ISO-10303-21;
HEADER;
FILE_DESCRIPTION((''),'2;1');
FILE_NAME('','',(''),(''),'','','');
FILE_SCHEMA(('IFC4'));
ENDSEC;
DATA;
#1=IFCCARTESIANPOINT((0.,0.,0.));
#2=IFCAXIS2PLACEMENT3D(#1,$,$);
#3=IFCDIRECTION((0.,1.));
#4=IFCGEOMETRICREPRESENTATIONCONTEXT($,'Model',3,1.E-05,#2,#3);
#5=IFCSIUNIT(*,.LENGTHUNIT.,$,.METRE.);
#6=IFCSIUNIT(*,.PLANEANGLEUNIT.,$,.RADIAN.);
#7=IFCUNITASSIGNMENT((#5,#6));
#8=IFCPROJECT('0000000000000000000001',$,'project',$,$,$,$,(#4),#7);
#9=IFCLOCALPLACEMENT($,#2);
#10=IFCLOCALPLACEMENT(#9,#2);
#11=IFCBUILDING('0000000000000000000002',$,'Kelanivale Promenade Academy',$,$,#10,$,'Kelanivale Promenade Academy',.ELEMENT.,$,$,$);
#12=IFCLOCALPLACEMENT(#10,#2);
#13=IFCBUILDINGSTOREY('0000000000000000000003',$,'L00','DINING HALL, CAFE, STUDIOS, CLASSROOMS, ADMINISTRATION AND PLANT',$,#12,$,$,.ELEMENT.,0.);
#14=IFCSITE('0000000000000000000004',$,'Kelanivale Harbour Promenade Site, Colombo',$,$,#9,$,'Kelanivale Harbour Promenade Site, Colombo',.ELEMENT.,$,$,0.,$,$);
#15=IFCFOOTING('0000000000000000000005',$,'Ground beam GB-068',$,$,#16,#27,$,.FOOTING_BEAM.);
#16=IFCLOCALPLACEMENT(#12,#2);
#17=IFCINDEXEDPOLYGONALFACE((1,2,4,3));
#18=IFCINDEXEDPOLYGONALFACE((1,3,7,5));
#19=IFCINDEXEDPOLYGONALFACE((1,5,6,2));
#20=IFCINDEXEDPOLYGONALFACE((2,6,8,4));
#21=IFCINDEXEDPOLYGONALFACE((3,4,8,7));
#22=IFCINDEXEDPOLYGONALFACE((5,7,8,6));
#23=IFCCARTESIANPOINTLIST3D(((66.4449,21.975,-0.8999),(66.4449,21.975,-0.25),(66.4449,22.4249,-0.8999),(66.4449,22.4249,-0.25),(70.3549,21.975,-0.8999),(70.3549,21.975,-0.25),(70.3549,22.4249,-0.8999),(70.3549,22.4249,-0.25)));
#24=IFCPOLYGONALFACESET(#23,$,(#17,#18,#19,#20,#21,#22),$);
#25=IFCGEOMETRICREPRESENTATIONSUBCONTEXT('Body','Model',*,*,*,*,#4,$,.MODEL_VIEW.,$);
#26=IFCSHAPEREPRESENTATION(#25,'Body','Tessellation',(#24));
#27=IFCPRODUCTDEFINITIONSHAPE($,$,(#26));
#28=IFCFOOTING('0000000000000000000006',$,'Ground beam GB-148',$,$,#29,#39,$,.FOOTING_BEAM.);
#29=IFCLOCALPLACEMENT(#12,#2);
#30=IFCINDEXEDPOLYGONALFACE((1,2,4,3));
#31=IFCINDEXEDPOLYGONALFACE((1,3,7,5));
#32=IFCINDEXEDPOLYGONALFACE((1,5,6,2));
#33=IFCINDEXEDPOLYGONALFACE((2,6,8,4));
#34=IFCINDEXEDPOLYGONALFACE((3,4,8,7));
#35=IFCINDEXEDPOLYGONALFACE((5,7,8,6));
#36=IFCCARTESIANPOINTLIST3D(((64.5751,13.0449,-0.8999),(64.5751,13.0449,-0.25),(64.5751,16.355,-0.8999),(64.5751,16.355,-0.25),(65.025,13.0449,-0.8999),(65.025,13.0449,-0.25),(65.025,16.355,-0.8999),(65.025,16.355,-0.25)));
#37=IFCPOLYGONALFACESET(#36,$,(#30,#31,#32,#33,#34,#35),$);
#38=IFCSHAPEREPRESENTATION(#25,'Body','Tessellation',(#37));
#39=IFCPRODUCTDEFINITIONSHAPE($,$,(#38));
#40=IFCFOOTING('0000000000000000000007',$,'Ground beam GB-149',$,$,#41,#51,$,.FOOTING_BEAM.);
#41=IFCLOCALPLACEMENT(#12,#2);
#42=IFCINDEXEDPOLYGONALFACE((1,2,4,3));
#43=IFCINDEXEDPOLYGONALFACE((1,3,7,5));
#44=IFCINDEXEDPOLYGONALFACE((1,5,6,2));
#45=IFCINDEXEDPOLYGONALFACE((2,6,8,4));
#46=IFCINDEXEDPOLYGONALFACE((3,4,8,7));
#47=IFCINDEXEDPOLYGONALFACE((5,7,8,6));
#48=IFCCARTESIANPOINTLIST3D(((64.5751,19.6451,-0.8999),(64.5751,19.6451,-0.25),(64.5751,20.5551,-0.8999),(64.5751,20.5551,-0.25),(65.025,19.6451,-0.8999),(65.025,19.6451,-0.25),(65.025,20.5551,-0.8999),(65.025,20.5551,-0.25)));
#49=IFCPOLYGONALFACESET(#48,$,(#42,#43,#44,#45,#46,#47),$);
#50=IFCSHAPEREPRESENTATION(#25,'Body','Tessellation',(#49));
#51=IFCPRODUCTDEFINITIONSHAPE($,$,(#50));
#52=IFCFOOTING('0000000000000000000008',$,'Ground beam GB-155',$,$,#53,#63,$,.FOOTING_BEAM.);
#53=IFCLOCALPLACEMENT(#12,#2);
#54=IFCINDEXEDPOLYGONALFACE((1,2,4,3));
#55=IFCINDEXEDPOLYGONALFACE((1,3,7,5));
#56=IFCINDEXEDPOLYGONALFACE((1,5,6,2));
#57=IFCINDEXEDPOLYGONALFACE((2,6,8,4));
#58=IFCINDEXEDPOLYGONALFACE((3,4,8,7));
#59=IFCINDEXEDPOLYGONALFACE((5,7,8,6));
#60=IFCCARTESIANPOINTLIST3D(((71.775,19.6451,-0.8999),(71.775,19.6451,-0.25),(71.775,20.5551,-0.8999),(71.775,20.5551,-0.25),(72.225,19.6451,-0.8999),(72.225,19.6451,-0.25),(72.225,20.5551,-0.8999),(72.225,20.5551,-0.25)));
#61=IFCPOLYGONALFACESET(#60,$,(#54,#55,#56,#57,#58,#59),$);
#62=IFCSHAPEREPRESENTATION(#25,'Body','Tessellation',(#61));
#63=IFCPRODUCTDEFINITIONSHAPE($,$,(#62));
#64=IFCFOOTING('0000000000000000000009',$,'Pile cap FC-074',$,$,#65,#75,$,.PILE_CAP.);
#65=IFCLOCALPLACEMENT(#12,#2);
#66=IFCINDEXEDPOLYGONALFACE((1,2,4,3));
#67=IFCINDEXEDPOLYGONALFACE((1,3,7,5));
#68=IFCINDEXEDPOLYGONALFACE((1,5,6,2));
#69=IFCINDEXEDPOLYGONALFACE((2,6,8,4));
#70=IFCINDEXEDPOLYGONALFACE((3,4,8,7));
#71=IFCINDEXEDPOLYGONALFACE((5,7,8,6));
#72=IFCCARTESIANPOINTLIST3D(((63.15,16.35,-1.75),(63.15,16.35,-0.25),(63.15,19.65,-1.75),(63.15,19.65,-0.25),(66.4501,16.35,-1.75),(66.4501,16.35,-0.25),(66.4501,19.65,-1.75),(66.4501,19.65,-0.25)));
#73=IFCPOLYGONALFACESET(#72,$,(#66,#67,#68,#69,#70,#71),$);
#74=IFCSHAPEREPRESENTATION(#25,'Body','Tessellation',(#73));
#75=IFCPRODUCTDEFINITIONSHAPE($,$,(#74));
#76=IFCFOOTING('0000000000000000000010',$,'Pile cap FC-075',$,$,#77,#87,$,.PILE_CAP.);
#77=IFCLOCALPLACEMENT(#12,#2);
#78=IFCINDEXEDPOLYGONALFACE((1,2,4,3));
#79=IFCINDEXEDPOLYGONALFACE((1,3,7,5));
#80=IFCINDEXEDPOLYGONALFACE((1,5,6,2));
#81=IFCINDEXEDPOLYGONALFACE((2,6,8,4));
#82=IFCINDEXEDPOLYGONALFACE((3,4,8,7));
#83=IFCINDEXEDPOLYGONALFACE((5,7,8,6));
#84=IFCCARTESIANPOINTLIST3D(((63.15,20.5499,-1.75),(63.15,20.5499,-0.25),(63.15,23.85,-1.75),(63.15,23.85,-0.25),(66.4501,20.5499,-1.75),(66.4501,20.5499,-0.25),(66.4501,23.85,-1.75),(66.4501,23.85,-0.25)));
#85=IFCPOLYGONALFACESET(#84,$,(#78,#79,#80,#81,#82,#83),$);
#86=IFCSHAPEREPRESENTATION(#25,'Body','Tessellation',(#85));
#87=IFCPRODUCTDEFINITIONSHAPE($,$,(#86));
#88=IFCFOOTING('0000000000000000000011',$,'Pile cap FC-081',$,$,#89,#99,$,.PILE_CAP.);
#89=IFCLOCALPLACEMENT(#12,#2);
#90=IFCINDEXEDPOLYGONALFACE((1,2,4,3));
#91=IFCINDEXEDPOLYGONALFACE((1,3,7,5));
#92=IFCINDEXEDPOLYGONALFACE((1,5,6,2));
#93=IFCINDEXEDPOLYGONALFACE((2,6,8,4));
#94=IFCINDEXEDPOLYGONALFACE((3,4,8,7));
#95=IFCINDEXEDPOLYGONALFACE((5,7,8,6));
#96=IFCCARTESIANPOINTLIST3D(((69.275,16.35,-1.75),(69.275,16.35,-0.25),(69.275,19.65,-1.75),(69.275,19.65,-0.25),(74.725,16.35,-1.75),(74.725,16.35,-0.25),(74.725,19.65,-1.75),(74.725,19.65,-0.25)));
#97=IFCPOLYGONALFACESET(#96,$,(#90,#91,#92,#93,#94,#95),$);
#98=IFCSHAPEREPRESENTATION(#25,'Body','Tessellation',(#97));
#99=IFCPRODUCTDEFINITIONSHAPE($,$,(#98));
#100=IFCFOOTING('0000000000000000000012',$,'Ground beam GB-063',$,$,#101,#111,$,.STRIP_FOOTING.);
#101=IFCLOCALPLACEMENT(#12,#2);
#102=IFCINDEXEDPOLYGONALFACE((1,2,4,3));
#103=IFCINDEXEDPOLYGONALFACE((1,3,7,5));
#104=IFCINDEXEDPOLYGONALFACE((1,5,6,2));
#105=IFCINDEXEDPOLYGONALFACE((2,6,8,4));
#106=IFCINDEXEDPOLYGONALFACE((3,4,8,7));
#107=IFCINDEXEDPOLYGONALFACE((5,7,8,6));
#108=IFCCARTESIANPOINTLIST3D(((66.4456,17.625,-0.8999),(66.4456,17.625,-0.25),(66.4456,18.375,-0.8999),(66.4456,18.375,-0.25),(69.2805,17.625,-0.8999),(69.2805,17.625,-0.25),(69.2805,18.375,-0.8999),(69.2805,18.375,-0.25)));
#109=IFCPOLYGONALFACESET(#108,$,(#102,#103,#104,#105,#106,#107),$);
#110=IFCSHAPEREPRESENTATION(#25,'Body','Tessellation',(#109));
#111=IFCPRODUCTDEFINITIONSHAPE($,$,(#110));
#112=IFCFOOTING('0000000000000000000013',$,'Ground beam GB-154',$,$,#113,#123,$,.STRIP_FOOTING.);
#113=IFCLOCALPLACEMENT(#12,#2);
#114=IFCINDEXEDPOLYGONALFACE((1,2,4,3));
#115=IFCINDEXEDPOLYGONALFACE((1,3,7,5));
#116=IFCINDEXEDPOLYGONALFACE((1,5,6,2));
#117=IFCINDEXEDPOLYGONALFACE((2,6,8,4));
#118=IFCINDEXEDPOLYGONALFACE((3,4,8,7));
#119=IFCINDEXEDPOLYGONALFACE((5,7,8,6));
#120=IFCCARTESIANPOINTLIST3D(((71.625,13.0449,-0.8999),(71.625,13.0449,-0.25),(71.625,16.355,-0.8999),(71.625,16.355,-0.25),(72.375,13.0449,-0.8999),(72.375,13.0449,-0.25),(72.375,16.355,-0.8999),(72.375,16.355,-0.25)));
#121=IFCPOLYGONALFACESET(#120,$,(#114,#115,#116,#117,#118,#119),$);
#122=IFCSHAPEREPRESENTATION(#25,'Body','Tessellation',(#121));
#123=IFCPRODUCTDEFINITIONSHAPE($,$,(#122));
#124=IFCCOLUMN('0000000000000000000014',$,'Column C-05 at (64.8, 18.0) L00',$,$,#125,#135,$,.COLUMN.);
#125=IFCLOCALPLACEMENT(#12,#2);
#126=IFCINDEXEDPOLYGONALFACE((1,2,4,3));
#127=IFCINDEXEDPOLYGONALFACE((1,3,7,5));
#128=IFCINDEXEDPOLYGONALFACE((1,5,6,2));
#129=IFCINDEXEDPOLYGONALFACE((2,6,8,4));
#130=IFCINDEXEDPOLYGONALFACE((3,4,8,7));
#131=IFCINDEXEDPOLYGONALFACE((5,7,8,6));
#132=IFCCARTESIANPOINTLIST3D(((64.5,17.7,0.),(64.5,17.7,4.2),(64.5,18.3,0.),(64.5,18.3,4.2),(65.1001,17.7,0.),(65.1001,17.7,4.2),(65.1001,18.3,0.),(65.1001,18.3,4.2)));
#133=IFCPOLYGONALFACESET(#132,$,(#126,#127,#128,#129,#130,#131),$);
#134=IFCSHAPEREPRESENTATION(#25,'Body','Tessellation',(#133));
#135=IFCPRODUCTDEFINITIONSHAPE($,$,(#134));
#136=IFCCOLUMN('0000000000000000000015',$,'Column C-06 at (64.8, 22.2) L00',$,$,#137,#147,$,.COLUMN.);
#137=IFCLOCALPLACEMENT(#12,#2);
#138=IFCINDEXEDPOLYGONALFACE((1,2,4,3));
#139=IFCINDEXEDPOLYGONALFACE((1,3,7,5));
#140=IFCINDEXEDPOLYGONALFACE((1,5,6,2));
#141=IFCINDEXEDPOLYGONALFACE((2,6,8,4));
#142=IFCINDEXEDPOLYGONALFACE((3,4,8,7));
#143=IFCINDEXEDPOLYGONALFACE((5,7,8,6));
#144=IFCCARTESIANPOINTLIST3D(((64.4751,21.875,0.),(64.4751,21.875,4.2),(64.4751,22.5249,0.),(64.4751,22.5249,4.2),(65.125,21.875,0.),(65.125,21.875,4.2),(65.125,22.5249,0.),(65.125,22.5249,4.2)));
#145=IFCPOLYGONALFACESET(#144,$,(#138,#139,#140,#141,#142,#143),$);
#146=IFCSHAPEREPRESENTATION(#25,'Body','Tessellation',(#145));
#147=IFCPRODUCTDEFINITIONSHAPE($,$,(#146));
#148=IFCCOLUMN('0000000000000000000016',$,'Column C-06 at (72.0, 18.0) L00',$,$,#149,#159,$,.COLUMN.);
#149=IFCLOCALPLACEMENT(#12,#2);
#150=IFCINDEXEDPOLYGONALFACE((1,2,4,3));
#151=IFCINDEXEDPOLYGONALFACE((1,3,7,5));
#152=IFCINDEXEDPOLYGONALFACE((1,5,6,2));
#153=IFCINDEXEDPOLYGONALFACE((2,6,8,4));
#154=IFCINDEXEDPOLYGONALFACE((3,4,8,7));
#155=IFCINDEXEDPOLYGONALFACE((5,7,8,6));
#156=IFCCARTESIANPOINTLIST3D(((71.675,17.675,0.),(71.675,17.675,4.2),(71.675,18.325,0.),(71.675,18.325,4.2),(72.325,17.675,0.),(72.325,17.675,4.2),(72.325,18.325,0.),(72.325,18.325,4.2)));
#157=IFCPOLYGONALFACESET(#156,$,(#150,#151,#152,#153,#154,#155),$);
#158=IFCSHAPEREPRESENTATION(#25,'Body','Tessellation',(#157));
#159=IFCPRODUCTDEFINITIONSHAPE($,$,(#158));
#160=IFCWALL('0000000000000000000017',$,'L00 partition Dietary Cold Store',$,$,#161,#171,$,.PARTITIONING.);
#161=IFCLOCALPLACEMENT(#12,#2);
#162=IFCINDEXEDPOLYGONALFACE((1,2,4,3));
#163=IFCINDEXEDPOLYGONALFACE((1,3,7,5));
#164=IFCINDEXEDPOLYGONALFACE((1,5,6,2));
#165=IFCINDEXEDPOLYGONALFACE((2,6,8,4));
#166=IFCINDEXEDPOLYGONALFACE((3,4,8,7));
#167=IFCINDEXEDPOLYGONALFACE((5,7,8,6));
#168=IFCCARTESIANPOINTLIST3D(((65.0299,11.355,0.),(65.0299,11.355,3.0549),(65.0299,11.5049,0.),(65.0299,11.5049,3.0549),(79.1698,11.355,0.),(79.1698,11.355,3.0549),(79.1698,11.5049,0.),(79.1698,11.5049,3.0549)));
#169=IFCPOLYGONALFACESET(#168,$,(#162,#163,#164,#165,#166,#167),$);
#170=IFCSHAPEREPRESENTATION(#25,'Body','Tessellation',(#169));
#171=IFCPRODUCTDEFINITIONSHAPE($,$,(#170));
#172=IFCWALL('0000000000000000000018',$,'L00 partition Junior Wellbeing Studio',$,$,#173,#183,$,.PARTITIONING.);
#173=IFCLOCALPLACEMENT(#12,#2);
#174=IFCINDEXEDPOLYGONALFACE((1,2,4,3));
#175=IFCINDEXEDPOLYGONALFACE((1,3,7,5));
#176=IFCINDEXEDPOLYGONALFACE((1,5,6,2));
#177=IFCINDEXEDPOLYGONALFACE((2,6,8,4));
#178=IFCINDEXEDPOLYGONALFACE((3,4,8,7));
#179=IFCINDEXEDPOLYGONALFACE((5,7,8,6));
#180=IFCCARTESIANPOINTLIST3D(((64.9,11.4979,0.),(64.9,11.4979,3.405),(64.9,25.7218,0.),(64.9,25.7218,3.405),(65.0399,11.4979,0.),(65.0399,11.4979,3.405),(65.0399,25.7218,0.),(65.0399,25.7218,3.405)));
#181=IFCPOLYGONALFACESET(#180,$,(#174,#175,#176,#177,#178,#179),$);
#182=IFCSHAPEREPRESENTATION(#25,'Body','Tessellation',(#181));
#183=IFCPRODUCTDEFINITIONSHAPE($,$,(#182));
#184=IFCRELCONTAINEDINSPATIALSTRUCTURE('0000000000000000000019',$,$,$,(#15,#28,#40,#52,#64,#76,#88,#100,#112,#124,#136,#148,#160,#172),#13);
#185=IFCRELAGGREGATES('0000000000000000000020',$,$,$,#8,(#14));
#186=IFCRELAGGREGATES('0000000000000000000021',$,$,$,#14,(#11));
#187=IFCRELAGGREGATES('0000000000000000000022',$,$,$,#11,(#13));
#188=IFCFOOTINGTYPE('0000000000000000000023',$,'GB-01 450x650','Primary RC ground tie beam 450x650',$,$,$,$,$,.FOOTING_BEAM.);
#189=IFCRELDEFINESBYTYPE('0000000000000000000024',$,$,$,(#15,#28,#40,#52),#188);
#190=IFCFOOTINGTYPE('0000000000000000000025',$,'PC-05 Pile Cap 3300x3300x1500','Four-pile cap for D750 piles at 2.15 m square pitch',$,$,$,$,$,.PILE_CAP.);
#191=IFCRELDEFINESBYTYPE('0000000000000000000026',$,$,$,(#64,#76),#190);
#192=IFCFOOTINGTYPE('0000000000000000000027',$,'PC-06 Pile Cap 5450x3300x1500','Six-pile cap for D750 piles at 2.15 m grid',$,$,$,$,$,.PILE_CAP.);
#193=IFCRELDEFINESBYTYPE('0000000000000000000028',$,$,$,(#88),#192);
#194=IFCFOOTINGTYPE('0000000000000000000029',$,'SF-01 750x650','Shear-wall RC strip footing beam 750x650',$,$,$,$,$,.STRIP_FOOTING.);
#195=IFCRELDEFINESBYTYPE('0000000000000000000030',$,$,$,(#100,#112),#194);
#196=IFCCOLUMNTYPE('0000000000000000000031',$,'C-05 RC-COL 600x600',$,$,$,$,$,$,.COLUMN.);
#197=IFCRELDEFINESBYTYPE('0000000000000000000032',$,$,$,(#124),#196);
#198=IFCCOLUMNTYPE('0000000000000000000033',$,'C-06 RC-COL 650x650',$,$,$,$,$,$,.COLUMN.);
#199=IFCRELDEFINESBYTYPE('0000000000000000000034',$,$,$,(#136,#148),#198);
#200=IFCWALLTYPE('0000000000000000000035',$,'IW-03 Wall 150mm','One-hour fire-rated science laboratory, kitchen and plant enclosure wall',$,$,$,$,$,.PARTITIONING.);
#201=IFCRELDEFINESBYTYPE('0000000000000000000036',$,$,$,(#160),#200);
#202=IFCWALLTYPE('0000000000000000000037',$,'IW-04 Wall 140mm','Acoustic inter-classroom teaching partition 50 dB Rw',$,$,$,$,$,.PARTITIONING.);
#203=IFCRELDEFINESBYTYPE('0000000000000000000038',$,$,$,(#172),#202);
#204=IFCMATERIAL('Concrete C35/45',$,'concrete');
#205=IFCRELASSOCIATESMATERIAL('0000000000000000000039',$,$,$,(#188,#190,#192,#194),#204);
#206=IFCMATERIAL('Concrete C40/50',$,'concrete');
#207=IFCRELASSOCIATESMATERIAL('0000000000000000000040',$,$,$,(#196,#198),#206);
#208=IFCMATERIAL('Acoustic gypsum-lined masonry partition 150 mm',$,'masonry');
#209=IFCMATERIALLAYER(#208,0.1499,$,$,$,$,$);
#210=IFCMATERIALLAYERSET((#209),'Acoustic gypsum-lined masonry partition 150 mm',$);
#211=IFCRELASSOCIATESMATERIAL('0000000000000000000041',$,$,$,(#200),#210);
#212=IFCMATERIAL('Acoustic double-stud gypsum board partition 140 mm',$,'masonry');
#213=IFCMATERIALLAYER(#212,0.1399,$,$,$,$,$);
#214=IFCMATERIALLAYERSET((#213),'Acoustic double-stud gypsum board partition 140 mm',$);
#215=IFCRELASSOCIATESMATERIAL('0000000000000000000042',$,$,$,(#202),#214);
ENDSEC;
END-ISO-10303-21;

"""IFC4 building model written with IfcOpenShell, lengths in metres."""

from ifc_helpers import new_model, si_unit, direction, frame, frame_2d, origin, origin_2d, place, context, subcontext, project, spatial, rectangle, extrude, material, layer, layer_set, material_profile, profile_set, type_object, element, save


model = new_model("IFC4")

# Units and contexts
model_context = context("Model", 3, precision=1e-05, world=origin(), true_north=direction((0.0, 1.0)))
body_context = subcontext(model_context, "Body", "Model", "MODEL_VIEW")
ifc_project = project(units=[si_unit("LENGTHUNIT", "METRE"), si_unit("PLANEANGLEUNIT", "RADIAN")], contexts=[model_context])

# Site, building, storey
site_placement = place(None, origin())
site = spatial("IfcSite", under=ifc_project, at=site_placement, Name="Kelanivale Harbour Promenade Site, Colombo", LongName="Kelanivale Harbour Promenade Site, Colombo", CompositionType="ELEMENT", RefElevation=0.0)
building_placement = place(site_placement, origin())
building = spatial("IfcBuilding", under=site, at=building_placement, Name="Kelanivale Promenade Academy", LongName="Kelanivale Promenade Academy", CompositionType="ELEMENT")
storey_placement = place(building_placement, origin())
storey = spatial("IfcBuildingStorey", under=building, at=storey_placement, Name="L00", Description="DINING HALL, CAFE, STUDIOS, CLASSROOMS, ADMINISTRATION AND PLANT", CompositionType="ELEMENT", Elevation=0.0)

# Shared definitions
ifc_material_1 = material(Name="Concrete C35/45", Category="concrete")

# Footings
footing_type_1 = type_object("IfcFootingType", Name="GB-01 450x650", Description="Primary RC ground tie beam 450x650", PredefinedType="FOOTING_BEAM", material=ifc_material_1)
footing_1_placement = place(storey_placement, frame((68.3999, 22.2, -0.8999), z_axis=(0.0, 0.0, 1.0), x_axis=(1.0, 0.0, 0.0)))
element("IfcFooting", 1, at=footing_1_placement, inside=storey, type_object=footing_type_1, Name="Ground beam GB-068", PredefinedType="FOOTING_BEAM", context=body_context, shape_type="SweptSolid", body=[
    extrude(rectangle(XDim=3.9099, YDim=0.45, at=origin_2d()), origin(), (0.0, 0.0, 1.0), 0.6499),
])
footing_2_placement = place(storey_placement, frame((64.8, 14.7, -0.8999), z_axis=(0.0, 0.0, 1.0), x_axis=(0.0, 1.0, 0.0)))
element("IfcFooting", 2, at=footing_2_placement, inside=storey, type_object=footing_type_1, Name="Ground beam GB-148", PredefinedType="FOOTING_BEAM", context=body_context, shape_type="SweptSolid", body=[
    extrude(rectangle(XDim=3.3101, YDim=0.45, at=origin_2d()), origin(), (0.0, 0.0, 1.0), 0.6499),
])
for number, where, z_axis, x_axis, name in (
    (3, (64.8, 20.1001, -0.8999), (0.0, 0.0, 1.0), (0.0, 1.0, 0.0), "Ground beam GB-149"),
    (4, (72.0, 20.1001, -0.8999), (0.0, 0.0, 1.0), (0.0, 1.0, 0.0), "Ground beam GB-155"),
):
    element("IfcFooting", number, at=place(storey_placement, frame(where, z_axis=z_axis, x_axis=x_axis)), inside=storey, type_object=footing_type_1, Name=name, PredefinedType="FOOTING_BEAM", context=body_context, shape_type="SweptSolid", body=[
        extrude(rectangle(XDim=0.9099, YDim=0.45, at=origin_2d()), origin(), (0.0, 0.0, 1.0), 0.6499),
    ])
footing_type_2 = type_object("IfcFootingType", Name="PC-05 Pile Cap 3300x3300x1500", Description="Four-pile cap for D750 piles at 2.15 m square pitch", PredefinedType="PILE_CAP", material=ifc_material_1)
for number, where, z_axis, x_axis, name in (
    (5, (64.8, 18.0, -1.75), (0.0, 0.0, 1.0), (1.0, 0.0, 0.0), "Pile cap FC-074"),
    (6, (64.8, 22.2, -1.75), (0.0, 0.0, 1.0), (1.0, 0.0, 0.0), "Pile cap FC-075"),
):
    element("IfcFooting", number, at=place(storey_placement, frame(where, z_axis=z_axis, x_axis=x_axis)), inside=storey, type_object=footing_type_2, Name=name, PredefinedType="PILE_CAP", context=body_context, shape_type="SweptSolid", body=[
        extrude(rectangle(XDim=3.3, YDim=3.3, at=origin_2d()), origin(), (0.0, 0.0, 1.0), 1.5),
    ])
footing_type_3 = type_object("IfcFootingType", Name="PC-06 Pile Cap 5450x3300x1500", Description="Six-pile cap for D750 piles at 2.15 m grid", PredefinedType="PILE_CAP", material=ifc_material_1)
footing_3_placement = place(storey_placement, frame((72.0, 18.0, -1.75), z_axis=(0.0, 0.0, 1.0), x_axis=(1.0, 0.0, 0.0)))
element("IfcFooting", 7, at=footing_3_placement, inside=storey, type_object=footing_type_3, Name="Pile cap FC-081", PredefinedType="PILE_CAP", context=body_context, shape_type="SweptSolid", body=[
    extrude(rectangle(XDim=5.45, YDim=3.3, at=origin_2d()), origin(), (0.0, 0.0, 1.0), 1.5),
])
footing_type_4 = type_object("IfcFootingType", Name="SF-01 750x650", Description="Shear-wall RC strip footing beam 750x650", PredefinedType="STRIP_FOOTING", material=ifc_material_1)
footing_4_placement = place(storey_placement, frame((67.863, 18.0, -0.8999), z_axis=(0.0, 0.0, 1.0), x_axis=(1.0, 0.0, 0.0)))
element("IfcFooting", 8, at=footing_4_placement, inside=storey, type_object=footing_type_4, Name="Ground beam GB-063", PredefinedType="STRIP_FOOTING", context=body_context, shape_type="SweptSolid", body=[
    extrude(rectangle(XDim=2.835, YDim=0.75, at=origin_2d()), origin(), (0.0, 0.0, 1.0), 0.6499),
])
footing_5_placement = place(storey_placement, frame((72.0, 14.7, -0.8999), z_axis=(0.0, 0.0, 1.0), x_axis=(0.0, 1.0, 0.0)))
element("IfcFooting", 9, at=footing_5_placement, inside=storey, type_object=footing_type_4, Name="Ground beam GB-154", PredefinedType="STRIP_FOOTING", context=body_context, shape_type="SweptSolid", body=[
    extrude(rectangle(XDim=3.3101, YDim=0.75, at=origin_2d()), origin(), (0.0, 0.0, 1.0), 0.6499),
])

# Columns
ifc_material_2 = material(Name="Concrete C40/50", Category="concrete")
ifc_material_profile_1 = material_profile(ifc_material_2, rectangle(XDim=0.6001, YDim=0.6001, at=origin_2d()), Name="RC-COL 600x600")
ifc_profile_set_1 = profile_set([ifc_material_profile_1], Name="Concrete C40/50")
column_type_1 = type_object("IfcColumnType", Name="C-05 RC-COL 600x600", PredefinedType="COLUMN", material=ifc_profile_set_1)
column_placement = place(storey_placement, frame((64.8, 18.0, 0.0), z_axis=(0.0, 0.0, 1.0), x_axis=(1.0, 0.0, 0.0)))
element("IfcColumn", 10, at=column_placement, inside=storey, type_object=column_type_1, Name="Column C-05 at (64.8, 18.0) L00", PredefinedType="COLUMN", context=body_context, shape_type="SweptSolid", body=[
    extrude(rectangle(XDim=0.6001, YDim=0.6001, at=origin_2d()), origin(), (0.0, 0.0, 1.0), 4.2),
])
ifc_material_profile_2 = material_profile(ifc_material_2, rectangle(XDim=0.6499, YDim=0.6499, at=origin_2d()), Name="RC-COL 650x650")
ifc_profile_set_2 = profile_set([ifc_material_profile_2], Name="Concrete C40/50")
column_type_2 = type_object("IfcColumnType", Name="C-06 RC-COL 650x650", PredefinedType="COLUMN", material=ifc_profile_set_2)
for number, where, z_axis, x_axis, name in (
    (11, (64.8, 22.2, 0.0), (0.0, 0.0, 1.0), (1.0, 0.0, 0.0), "Column C-06 at (64.8, 22.2) L00"),
    (12, (72.0, 18.0, 0.0), (0.0, 0.0, 1.0), (1.0, 0.0, 0.0), "Column C-06 at (72.0, 18.0) L00"),
):
    element("IfcColumn", number, at=place(storey_placement, frame(where, z_axis=z_axis, x_axis=x_axis)), inside=storey, type_object=column_type_2, Name=name, PredefinedType="COLUMN", context=body_context, shape_type="SweptSolid", body=[
        extrude(rectangle(XDim=0.6499, YDim=0.6499, at=origin_2d()), origin(), (0.0, 0.0, 1.0), 4.2),
    ])

# Walls
ifc_material_3 = material(Name="Acoustic gypsum-lined masonry partition 150 mm", Category="masonry")
ifc_layer_1 = layer(ifc_material_3, 0.1499)
ifc_layer_set_1 = layer_set([ifc_layer_1], Name="Acoustic gypsum-lined masonry partition 150 mm")
wall_type_1 = type_object("IfcWallType", Name="IW-03 Wall 150mm", Description="One-hour fire-rated science laboratory, kitchen and plant enclosure wall", PredefinedType="PARTITIONING", material=ifc_layer_set_1)
wall_1_placement = place(storey_placement, frame((65.03, 11.4299, 0.0), z_axis=(0.0, 0.0, 1.0), x_axis=(1.0, 0.0, 0.0)))
element("IfcWall", 13, at=wall_1_placement, inside=storey, type_object=wall_type_1, Name="L00 partition Dietary Cold Store", PredefinedType="PARTITIONING", context=body_context, shape_type="SweptSolid", body=[
    extrude(rectangle(XDim=14.1399, YDim=0.1499, at=frame_2d((7.0698, 0.0))), origin(), (0.0, 0.0, 1.0), 3.0549),
])
ifc_material_4 = material(Name="Acoustic double-stud gypsum board partition 140 mm", Category="masonry")
ifc_layer_2 = layer(ifc_material_4, 0.1399)
ifc_layer_set_2 = layer_set([ifc_layer_2], Name="Acoustic double-stud gypsum board partition 140 mm")
wall_type_2 = type_object("IfcWallType", Name="IW-04 Wall 140mm", Description="Acoustic inter-classroom teaching partition 50 dB Rw", PredefinedType="PARTITIONING", material=ifc_layer_set_2)
wall_2_placement = place(storey_placement, frame((64.97, 11.498, 0.0), z_axis=(0.0, 0.0, 1.0), x_axis=(0.0, 1.0, 0.0)))
element("IfcWall", 14, at=wall_2_placement, inside=storey, type_object=wall_type_2, Name="L00 partition Junior Wellbeing Studio", PredefinedType="PARTITIONING", context=body_context, shape_type="SweptSolid", body=[
    extrude(rectangle(XDim=14.2239, YDim=0.1399, at=frame_2d((7.1118, 0.0))), origin(), (0.0, 0.0, 1.0), 3.405),
])

save(model, "model.ifc")
